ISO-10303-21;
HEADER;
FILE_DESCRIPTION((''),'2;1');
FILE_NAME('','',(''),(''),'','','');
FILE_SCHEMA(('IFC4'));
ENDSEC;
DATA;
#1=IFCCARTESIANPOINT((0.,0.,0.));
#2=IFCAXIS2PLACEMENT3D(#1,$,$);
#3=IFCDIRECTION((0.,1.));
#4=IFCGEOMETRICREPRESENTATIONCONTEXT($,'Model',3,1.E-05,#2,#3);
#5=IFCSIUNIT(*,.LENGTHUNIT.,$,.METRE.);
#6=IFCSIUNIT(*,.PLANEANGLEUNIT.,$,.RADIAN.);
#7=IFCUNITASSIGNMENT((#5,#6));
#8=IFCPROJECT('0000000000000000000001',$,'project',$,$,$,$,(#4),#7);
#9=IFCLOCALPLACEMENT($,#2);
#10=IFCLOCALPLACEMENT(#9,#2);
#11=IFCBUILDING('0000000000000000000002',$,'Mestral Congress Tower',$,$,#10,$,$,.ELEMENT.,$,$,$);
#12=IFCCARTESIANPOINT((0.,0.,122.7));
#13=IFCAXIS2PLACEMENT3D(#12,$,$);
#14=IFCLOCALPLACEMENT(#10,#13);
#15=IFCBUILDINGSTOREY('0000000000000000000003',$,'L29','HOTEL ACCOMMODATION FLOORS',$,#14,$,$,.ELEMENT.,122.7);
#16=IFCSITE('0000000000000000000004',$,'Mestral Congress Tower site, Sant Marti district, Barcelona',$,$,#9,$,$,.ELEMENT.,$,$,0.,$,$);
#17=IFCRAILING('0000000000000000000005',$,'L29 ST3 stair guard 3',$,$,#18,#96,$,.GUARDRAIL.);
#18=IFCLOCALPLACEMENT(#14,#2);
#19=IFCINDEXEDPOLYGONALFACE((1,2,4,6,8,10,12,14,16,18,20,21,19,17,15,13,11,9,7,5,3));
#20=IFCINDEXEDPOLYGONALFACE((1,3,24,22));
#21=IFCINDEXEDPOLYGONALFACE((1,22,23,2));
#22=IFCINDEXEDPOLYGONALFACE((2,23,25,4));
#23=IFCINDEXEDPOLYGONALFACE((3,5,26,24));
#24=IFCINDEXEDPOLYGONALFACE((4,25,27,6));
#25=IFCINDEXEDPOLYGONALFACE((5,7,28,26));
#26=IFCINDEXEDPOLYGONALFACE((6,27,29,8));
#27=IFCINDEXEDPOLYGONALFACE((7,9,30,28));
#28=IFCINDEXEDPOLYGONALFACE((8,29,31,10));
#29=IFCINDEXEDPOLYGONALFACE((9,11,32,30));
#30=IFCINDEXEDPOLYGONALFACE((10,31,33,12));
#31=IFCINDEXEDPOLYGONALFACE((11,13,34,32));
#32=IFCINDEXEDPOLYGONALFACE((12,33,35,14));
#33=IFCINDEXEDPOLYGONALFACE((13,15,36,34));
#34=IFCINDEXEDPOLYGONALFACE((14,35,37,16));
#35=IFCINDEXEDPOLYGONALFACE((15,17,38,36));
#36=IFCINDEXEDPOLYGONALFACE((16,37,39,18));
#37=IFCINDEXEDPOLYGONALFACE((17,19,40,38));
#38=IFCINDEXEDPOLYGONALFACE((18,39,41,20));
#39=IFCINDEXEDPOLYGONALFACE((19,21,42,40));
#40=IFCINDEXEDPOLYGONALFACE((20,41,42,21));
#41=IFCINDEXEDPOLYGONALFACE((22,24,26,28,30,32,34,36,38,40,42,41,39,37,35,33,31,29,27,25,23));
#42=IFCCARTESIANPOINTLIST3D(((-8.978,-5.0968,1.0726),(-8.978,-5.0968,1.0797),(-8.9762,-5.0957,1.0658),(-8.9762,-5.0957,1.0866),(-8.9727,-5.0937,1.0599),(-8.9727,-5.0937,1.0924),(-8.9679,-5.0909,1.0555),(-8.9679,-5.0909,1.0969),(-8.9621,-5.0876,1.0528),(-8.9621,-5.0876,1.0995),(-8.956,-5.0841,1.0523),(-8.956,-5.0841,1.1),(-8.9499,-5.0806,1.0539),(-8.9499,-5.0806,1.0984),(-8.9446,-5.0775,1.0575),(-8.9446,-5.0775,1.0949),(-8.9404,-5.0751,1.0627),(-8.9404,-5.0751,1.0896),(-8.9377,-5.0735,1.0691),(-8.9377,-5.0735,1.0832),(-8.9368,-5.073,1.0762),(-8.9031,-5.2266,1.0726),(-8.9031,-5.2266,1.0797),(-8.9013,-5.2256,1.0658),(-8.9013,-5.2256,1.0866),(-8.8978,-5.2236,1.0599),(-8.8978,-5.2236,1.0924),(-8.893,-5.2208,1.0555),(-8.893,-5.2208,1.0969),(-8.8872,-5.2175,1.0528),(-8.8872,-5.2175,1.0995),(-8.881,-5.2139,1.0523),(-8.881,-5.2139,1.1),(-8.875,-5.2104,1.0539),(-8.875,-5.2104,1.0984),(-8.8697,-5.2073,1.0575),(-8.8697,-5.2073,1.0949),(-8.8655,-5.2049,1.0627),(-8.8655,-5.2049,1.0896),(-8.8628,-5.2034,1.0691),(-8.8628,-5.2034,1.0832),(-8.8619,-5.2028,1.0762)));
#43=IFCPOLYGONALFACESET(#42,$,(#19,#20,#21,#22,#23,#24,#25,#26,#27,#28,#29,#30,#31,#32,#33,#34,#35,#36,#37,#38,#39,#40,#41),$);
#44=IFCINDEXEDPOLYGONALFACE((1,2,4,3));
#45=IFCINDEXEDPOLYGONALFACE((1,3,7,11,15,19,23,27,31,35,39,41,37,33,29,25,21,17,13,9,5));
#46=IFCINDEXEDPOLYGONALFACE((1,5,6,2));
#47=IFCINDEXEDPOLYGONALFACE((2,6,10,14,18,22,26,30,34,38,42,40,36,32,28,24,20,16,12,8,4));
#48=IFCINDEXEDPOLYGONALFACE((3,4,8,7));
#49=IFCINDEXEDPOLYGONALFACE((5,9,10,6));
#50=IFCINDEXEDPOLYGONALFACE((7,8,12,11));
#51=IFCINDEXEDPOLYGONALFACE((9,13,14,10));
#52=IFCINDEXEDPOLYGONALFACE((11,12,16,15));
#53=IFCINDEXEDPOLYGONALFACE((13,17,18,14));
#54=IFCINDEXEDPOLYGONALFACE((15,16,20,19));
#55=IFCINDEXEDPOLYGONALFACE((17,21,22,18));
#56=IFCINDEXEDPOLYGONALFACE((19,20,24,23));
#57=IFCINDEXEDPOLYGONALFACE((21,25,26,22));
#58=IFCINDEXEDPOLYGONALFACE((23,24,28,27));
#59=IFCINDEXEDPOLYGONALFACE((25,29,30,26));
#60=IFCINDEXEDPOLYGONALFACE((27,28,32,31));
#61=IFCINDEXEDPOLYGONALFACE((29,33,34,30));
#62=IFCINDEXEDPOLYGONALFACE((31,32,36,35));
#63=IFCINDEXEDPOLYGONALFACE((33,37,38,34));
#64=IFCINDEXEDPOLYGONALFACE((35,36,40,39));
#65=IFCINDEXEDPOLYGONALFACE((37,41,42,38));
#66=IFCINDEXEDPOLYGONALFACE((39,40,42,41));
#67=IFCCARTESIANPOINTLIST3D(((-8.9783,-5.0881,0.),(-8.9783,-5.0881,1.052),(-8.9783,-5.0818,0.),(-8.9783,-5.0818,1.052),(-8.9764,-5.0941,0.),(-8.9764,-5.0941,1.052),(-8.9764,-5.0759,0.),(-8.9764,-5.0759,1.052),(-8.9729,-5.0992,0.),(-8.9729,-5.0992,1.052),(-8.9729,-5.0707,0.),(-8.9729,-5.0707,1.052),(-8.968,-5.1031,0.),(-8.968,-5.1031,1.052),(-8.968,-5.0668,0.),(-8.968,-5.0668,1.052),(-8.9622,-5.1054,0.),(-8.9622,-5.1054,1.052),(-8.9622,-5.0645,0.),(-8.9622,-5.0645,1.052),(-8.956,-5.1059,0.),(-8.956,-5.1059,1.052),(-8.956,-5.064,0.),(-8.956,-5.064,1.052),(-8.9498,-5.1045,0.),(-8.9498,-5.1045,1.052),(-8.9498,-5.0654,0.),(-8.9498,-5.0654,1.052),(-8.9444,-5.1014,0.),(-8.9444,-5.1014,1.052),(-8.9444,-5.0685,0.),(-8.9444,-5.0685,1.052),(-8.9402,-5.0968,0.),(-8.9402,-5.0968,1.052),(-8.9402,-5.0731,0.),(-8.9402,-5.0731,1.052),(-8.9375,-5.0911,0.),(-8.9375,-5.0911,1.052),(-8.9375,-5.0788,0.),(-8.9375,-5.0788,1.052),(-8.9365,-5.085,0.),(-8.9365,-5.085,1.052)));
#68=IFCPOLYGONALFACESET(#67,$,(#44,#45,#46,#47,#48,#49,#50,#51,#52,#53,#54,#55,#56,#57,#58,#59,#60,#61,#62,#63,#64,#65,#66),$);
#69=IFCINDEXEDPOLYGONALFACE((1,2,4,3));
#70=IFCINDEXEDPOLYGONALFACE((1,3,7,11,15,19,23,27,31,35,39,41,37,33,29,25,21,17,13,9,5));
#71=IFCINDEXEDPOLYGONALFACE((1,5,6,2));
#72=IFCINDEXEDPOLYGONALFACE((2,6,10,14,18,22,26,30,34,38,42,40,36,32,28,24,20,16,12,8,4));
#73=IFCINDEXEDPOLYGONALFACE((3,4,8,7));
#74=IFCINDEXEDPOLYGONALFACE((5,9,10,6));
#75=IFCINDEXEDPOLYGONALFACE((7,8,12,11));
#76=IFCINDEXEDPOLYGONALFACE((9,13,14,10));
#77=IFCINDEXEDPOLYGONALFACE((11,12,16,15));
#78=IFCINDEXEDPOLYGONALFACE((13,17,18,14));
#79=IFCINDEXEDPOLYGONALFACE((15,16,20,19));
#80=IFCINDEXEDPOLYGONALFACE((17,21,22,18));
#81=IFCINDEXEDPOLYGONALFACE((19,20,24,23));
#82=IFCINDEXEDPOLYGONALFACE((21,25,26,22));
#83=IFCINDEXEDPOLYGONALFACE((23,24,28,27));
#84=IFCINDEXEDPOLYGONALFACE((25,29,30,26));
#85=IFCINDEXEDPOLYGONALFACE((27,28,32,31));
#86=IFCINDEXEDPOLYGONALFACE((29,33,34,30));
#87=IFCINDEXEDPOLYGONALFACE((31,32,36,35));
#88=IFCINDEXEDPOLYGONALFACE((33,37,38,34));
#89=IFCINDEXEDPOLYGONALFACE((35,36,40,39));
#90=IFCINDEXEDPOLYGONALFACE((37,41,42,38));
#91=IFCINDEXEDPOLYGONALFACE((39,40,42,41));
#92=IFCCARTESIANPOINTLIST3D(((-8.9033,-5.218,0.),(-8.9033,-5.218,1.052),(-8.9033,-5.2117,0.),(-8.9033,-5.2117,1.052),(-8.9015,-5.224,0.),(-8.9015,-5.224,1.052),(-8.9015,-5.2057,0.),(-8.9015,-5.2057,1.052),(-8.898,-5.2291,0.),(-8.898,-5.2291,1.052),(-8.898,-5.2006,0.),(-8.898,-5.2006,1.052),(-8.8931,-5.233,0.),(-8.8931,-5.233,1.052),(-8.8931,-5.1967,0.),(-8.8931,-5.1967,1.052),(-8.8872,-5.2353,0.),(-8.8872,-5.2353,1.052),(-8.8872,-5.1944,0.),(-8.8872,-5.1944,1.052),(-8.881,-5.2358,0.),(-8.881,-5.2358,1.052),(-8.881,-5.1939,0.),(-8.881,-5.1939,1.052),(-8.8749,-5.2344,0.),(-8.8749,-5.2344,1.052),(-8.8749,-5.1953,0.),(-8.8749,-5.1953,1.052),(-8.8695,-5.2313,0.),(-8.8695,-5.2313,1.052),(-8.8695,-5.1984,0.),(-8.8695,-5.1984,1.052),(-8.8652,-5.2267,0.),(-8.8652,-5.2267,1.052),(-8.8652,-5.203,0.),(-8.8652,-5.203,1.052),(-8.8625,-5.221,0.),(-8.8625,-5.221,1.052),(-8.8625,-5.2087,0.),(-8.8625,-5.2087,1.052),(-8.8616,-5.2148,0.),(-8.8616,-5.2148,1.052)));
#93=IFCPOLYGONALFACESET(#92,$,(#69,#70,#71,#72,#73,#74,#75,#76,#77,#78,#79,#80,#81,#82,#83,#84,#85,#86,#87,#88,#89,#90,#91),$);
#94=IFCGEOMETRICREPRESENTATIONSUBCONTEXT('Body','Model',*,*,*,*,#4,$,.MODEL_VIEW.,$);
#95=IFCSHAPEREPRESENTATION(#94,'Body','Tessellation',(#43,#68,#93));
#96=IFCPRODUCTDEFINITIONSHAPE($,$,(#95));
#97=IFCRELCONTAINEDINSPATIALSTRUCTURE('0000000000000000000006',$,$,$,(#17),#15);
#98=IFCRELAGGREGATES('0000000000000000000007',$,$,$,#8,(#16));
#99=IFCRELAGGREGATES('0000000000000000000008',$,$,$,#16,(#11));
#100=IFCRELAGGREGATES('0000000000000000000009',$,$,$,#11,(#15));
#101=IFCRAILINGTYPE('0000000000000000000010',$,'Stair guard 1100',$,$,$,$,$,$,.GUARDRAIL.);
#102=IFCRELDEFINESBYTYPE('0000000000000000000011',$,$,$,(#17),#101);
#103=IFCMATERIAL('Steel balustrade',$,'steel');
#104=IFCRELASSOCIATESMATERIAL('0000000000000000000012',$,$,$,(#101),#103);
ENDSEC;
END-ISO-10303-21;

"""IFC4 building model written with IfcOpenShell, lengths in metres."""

from ifc_helpers import new_model, si_unit, direction, frame, origin, origin_2d, place, context, subcontext, project, spatial, circle, extrude, material, type_object, element, save


model = new_model("IFC4")

# Units and contexts
model_context = context("Model", 3, precision=1e-05, world=origin(), true_north=direction((0.0, 1.0)))
body_context = subcontext(model_context, "Body", "Model", "MODEL_VIEW")
ifc_project = project(units=[si_unit("LENGTHUNIT", "METRE"), si_unit("PLANEANGLEUNIT", "RADIAN")], contexts=[model_context])

# Site, building, storey
site_placement = place(None, origin())
site = spatial("IfcSite", under=ifc_project, at=site_placement, Name="Mestral Congress Tower site, Sant Marti district, Barcelona", CompositionType="ELEMENT", RefElevation=0.0)
building_placement = place(site_placement, origin())
building = spatial("IfcBuilding", under=site, at=building_placement, Name="Mestral Congress Tower", CompositionType="ELEMENT")
storey_placement = place(building_placement, frame((0.0, 0.0, 122.7)))
storey = spatial("IfcBuildingStorey", under=building, at=storey_placement, Name="L29", Description="HOTEL ACCOMMODATION FLOORS", CompositionType="ELEMENT", Elevation=122.7)

# Railing
ifc_material_1 = material(Name="Steel balustrade", Category="steel")
railing_type_1 = type_object("IfcRailingType", Name="Stair guard 1100", PredefinedType="GUARDRAIL", material=ifc_material_1)
railing_1_placement = place(storey_placement, frame((-8.9575, -5.085, 0.0)))
element("IfcRailing", 1, at=railing_1_placement, inside=storey, type_object=railing_type_1, Name="L29 ST3 stair guard 3", PredefinedType="GUARDRAIL", context=body_context, shape_type="SweptSolid", body=[
    extrude(circle(Radius=0.0239, at=origin_2d()), frame((0.0, 0.0, 1.0762), z_axis=(0.499816, -0.866131, 0.0), x_axis=(0.866131, 0.499816, 0.0)), (0.0, 0.0, 1.0), 0.1499),
    extrude(circle(Radius=0.021, at=origin_2d()), origin(), (0.0, 0.0, 1.0), 1.052),
    extrude(circle(Radius=0.021, at=origin_2d()), frame((0.075, -0.1299, 0.0)), (0.0, 0.0, 1.0), 1.052),
])

save(model, "model.ifc")
